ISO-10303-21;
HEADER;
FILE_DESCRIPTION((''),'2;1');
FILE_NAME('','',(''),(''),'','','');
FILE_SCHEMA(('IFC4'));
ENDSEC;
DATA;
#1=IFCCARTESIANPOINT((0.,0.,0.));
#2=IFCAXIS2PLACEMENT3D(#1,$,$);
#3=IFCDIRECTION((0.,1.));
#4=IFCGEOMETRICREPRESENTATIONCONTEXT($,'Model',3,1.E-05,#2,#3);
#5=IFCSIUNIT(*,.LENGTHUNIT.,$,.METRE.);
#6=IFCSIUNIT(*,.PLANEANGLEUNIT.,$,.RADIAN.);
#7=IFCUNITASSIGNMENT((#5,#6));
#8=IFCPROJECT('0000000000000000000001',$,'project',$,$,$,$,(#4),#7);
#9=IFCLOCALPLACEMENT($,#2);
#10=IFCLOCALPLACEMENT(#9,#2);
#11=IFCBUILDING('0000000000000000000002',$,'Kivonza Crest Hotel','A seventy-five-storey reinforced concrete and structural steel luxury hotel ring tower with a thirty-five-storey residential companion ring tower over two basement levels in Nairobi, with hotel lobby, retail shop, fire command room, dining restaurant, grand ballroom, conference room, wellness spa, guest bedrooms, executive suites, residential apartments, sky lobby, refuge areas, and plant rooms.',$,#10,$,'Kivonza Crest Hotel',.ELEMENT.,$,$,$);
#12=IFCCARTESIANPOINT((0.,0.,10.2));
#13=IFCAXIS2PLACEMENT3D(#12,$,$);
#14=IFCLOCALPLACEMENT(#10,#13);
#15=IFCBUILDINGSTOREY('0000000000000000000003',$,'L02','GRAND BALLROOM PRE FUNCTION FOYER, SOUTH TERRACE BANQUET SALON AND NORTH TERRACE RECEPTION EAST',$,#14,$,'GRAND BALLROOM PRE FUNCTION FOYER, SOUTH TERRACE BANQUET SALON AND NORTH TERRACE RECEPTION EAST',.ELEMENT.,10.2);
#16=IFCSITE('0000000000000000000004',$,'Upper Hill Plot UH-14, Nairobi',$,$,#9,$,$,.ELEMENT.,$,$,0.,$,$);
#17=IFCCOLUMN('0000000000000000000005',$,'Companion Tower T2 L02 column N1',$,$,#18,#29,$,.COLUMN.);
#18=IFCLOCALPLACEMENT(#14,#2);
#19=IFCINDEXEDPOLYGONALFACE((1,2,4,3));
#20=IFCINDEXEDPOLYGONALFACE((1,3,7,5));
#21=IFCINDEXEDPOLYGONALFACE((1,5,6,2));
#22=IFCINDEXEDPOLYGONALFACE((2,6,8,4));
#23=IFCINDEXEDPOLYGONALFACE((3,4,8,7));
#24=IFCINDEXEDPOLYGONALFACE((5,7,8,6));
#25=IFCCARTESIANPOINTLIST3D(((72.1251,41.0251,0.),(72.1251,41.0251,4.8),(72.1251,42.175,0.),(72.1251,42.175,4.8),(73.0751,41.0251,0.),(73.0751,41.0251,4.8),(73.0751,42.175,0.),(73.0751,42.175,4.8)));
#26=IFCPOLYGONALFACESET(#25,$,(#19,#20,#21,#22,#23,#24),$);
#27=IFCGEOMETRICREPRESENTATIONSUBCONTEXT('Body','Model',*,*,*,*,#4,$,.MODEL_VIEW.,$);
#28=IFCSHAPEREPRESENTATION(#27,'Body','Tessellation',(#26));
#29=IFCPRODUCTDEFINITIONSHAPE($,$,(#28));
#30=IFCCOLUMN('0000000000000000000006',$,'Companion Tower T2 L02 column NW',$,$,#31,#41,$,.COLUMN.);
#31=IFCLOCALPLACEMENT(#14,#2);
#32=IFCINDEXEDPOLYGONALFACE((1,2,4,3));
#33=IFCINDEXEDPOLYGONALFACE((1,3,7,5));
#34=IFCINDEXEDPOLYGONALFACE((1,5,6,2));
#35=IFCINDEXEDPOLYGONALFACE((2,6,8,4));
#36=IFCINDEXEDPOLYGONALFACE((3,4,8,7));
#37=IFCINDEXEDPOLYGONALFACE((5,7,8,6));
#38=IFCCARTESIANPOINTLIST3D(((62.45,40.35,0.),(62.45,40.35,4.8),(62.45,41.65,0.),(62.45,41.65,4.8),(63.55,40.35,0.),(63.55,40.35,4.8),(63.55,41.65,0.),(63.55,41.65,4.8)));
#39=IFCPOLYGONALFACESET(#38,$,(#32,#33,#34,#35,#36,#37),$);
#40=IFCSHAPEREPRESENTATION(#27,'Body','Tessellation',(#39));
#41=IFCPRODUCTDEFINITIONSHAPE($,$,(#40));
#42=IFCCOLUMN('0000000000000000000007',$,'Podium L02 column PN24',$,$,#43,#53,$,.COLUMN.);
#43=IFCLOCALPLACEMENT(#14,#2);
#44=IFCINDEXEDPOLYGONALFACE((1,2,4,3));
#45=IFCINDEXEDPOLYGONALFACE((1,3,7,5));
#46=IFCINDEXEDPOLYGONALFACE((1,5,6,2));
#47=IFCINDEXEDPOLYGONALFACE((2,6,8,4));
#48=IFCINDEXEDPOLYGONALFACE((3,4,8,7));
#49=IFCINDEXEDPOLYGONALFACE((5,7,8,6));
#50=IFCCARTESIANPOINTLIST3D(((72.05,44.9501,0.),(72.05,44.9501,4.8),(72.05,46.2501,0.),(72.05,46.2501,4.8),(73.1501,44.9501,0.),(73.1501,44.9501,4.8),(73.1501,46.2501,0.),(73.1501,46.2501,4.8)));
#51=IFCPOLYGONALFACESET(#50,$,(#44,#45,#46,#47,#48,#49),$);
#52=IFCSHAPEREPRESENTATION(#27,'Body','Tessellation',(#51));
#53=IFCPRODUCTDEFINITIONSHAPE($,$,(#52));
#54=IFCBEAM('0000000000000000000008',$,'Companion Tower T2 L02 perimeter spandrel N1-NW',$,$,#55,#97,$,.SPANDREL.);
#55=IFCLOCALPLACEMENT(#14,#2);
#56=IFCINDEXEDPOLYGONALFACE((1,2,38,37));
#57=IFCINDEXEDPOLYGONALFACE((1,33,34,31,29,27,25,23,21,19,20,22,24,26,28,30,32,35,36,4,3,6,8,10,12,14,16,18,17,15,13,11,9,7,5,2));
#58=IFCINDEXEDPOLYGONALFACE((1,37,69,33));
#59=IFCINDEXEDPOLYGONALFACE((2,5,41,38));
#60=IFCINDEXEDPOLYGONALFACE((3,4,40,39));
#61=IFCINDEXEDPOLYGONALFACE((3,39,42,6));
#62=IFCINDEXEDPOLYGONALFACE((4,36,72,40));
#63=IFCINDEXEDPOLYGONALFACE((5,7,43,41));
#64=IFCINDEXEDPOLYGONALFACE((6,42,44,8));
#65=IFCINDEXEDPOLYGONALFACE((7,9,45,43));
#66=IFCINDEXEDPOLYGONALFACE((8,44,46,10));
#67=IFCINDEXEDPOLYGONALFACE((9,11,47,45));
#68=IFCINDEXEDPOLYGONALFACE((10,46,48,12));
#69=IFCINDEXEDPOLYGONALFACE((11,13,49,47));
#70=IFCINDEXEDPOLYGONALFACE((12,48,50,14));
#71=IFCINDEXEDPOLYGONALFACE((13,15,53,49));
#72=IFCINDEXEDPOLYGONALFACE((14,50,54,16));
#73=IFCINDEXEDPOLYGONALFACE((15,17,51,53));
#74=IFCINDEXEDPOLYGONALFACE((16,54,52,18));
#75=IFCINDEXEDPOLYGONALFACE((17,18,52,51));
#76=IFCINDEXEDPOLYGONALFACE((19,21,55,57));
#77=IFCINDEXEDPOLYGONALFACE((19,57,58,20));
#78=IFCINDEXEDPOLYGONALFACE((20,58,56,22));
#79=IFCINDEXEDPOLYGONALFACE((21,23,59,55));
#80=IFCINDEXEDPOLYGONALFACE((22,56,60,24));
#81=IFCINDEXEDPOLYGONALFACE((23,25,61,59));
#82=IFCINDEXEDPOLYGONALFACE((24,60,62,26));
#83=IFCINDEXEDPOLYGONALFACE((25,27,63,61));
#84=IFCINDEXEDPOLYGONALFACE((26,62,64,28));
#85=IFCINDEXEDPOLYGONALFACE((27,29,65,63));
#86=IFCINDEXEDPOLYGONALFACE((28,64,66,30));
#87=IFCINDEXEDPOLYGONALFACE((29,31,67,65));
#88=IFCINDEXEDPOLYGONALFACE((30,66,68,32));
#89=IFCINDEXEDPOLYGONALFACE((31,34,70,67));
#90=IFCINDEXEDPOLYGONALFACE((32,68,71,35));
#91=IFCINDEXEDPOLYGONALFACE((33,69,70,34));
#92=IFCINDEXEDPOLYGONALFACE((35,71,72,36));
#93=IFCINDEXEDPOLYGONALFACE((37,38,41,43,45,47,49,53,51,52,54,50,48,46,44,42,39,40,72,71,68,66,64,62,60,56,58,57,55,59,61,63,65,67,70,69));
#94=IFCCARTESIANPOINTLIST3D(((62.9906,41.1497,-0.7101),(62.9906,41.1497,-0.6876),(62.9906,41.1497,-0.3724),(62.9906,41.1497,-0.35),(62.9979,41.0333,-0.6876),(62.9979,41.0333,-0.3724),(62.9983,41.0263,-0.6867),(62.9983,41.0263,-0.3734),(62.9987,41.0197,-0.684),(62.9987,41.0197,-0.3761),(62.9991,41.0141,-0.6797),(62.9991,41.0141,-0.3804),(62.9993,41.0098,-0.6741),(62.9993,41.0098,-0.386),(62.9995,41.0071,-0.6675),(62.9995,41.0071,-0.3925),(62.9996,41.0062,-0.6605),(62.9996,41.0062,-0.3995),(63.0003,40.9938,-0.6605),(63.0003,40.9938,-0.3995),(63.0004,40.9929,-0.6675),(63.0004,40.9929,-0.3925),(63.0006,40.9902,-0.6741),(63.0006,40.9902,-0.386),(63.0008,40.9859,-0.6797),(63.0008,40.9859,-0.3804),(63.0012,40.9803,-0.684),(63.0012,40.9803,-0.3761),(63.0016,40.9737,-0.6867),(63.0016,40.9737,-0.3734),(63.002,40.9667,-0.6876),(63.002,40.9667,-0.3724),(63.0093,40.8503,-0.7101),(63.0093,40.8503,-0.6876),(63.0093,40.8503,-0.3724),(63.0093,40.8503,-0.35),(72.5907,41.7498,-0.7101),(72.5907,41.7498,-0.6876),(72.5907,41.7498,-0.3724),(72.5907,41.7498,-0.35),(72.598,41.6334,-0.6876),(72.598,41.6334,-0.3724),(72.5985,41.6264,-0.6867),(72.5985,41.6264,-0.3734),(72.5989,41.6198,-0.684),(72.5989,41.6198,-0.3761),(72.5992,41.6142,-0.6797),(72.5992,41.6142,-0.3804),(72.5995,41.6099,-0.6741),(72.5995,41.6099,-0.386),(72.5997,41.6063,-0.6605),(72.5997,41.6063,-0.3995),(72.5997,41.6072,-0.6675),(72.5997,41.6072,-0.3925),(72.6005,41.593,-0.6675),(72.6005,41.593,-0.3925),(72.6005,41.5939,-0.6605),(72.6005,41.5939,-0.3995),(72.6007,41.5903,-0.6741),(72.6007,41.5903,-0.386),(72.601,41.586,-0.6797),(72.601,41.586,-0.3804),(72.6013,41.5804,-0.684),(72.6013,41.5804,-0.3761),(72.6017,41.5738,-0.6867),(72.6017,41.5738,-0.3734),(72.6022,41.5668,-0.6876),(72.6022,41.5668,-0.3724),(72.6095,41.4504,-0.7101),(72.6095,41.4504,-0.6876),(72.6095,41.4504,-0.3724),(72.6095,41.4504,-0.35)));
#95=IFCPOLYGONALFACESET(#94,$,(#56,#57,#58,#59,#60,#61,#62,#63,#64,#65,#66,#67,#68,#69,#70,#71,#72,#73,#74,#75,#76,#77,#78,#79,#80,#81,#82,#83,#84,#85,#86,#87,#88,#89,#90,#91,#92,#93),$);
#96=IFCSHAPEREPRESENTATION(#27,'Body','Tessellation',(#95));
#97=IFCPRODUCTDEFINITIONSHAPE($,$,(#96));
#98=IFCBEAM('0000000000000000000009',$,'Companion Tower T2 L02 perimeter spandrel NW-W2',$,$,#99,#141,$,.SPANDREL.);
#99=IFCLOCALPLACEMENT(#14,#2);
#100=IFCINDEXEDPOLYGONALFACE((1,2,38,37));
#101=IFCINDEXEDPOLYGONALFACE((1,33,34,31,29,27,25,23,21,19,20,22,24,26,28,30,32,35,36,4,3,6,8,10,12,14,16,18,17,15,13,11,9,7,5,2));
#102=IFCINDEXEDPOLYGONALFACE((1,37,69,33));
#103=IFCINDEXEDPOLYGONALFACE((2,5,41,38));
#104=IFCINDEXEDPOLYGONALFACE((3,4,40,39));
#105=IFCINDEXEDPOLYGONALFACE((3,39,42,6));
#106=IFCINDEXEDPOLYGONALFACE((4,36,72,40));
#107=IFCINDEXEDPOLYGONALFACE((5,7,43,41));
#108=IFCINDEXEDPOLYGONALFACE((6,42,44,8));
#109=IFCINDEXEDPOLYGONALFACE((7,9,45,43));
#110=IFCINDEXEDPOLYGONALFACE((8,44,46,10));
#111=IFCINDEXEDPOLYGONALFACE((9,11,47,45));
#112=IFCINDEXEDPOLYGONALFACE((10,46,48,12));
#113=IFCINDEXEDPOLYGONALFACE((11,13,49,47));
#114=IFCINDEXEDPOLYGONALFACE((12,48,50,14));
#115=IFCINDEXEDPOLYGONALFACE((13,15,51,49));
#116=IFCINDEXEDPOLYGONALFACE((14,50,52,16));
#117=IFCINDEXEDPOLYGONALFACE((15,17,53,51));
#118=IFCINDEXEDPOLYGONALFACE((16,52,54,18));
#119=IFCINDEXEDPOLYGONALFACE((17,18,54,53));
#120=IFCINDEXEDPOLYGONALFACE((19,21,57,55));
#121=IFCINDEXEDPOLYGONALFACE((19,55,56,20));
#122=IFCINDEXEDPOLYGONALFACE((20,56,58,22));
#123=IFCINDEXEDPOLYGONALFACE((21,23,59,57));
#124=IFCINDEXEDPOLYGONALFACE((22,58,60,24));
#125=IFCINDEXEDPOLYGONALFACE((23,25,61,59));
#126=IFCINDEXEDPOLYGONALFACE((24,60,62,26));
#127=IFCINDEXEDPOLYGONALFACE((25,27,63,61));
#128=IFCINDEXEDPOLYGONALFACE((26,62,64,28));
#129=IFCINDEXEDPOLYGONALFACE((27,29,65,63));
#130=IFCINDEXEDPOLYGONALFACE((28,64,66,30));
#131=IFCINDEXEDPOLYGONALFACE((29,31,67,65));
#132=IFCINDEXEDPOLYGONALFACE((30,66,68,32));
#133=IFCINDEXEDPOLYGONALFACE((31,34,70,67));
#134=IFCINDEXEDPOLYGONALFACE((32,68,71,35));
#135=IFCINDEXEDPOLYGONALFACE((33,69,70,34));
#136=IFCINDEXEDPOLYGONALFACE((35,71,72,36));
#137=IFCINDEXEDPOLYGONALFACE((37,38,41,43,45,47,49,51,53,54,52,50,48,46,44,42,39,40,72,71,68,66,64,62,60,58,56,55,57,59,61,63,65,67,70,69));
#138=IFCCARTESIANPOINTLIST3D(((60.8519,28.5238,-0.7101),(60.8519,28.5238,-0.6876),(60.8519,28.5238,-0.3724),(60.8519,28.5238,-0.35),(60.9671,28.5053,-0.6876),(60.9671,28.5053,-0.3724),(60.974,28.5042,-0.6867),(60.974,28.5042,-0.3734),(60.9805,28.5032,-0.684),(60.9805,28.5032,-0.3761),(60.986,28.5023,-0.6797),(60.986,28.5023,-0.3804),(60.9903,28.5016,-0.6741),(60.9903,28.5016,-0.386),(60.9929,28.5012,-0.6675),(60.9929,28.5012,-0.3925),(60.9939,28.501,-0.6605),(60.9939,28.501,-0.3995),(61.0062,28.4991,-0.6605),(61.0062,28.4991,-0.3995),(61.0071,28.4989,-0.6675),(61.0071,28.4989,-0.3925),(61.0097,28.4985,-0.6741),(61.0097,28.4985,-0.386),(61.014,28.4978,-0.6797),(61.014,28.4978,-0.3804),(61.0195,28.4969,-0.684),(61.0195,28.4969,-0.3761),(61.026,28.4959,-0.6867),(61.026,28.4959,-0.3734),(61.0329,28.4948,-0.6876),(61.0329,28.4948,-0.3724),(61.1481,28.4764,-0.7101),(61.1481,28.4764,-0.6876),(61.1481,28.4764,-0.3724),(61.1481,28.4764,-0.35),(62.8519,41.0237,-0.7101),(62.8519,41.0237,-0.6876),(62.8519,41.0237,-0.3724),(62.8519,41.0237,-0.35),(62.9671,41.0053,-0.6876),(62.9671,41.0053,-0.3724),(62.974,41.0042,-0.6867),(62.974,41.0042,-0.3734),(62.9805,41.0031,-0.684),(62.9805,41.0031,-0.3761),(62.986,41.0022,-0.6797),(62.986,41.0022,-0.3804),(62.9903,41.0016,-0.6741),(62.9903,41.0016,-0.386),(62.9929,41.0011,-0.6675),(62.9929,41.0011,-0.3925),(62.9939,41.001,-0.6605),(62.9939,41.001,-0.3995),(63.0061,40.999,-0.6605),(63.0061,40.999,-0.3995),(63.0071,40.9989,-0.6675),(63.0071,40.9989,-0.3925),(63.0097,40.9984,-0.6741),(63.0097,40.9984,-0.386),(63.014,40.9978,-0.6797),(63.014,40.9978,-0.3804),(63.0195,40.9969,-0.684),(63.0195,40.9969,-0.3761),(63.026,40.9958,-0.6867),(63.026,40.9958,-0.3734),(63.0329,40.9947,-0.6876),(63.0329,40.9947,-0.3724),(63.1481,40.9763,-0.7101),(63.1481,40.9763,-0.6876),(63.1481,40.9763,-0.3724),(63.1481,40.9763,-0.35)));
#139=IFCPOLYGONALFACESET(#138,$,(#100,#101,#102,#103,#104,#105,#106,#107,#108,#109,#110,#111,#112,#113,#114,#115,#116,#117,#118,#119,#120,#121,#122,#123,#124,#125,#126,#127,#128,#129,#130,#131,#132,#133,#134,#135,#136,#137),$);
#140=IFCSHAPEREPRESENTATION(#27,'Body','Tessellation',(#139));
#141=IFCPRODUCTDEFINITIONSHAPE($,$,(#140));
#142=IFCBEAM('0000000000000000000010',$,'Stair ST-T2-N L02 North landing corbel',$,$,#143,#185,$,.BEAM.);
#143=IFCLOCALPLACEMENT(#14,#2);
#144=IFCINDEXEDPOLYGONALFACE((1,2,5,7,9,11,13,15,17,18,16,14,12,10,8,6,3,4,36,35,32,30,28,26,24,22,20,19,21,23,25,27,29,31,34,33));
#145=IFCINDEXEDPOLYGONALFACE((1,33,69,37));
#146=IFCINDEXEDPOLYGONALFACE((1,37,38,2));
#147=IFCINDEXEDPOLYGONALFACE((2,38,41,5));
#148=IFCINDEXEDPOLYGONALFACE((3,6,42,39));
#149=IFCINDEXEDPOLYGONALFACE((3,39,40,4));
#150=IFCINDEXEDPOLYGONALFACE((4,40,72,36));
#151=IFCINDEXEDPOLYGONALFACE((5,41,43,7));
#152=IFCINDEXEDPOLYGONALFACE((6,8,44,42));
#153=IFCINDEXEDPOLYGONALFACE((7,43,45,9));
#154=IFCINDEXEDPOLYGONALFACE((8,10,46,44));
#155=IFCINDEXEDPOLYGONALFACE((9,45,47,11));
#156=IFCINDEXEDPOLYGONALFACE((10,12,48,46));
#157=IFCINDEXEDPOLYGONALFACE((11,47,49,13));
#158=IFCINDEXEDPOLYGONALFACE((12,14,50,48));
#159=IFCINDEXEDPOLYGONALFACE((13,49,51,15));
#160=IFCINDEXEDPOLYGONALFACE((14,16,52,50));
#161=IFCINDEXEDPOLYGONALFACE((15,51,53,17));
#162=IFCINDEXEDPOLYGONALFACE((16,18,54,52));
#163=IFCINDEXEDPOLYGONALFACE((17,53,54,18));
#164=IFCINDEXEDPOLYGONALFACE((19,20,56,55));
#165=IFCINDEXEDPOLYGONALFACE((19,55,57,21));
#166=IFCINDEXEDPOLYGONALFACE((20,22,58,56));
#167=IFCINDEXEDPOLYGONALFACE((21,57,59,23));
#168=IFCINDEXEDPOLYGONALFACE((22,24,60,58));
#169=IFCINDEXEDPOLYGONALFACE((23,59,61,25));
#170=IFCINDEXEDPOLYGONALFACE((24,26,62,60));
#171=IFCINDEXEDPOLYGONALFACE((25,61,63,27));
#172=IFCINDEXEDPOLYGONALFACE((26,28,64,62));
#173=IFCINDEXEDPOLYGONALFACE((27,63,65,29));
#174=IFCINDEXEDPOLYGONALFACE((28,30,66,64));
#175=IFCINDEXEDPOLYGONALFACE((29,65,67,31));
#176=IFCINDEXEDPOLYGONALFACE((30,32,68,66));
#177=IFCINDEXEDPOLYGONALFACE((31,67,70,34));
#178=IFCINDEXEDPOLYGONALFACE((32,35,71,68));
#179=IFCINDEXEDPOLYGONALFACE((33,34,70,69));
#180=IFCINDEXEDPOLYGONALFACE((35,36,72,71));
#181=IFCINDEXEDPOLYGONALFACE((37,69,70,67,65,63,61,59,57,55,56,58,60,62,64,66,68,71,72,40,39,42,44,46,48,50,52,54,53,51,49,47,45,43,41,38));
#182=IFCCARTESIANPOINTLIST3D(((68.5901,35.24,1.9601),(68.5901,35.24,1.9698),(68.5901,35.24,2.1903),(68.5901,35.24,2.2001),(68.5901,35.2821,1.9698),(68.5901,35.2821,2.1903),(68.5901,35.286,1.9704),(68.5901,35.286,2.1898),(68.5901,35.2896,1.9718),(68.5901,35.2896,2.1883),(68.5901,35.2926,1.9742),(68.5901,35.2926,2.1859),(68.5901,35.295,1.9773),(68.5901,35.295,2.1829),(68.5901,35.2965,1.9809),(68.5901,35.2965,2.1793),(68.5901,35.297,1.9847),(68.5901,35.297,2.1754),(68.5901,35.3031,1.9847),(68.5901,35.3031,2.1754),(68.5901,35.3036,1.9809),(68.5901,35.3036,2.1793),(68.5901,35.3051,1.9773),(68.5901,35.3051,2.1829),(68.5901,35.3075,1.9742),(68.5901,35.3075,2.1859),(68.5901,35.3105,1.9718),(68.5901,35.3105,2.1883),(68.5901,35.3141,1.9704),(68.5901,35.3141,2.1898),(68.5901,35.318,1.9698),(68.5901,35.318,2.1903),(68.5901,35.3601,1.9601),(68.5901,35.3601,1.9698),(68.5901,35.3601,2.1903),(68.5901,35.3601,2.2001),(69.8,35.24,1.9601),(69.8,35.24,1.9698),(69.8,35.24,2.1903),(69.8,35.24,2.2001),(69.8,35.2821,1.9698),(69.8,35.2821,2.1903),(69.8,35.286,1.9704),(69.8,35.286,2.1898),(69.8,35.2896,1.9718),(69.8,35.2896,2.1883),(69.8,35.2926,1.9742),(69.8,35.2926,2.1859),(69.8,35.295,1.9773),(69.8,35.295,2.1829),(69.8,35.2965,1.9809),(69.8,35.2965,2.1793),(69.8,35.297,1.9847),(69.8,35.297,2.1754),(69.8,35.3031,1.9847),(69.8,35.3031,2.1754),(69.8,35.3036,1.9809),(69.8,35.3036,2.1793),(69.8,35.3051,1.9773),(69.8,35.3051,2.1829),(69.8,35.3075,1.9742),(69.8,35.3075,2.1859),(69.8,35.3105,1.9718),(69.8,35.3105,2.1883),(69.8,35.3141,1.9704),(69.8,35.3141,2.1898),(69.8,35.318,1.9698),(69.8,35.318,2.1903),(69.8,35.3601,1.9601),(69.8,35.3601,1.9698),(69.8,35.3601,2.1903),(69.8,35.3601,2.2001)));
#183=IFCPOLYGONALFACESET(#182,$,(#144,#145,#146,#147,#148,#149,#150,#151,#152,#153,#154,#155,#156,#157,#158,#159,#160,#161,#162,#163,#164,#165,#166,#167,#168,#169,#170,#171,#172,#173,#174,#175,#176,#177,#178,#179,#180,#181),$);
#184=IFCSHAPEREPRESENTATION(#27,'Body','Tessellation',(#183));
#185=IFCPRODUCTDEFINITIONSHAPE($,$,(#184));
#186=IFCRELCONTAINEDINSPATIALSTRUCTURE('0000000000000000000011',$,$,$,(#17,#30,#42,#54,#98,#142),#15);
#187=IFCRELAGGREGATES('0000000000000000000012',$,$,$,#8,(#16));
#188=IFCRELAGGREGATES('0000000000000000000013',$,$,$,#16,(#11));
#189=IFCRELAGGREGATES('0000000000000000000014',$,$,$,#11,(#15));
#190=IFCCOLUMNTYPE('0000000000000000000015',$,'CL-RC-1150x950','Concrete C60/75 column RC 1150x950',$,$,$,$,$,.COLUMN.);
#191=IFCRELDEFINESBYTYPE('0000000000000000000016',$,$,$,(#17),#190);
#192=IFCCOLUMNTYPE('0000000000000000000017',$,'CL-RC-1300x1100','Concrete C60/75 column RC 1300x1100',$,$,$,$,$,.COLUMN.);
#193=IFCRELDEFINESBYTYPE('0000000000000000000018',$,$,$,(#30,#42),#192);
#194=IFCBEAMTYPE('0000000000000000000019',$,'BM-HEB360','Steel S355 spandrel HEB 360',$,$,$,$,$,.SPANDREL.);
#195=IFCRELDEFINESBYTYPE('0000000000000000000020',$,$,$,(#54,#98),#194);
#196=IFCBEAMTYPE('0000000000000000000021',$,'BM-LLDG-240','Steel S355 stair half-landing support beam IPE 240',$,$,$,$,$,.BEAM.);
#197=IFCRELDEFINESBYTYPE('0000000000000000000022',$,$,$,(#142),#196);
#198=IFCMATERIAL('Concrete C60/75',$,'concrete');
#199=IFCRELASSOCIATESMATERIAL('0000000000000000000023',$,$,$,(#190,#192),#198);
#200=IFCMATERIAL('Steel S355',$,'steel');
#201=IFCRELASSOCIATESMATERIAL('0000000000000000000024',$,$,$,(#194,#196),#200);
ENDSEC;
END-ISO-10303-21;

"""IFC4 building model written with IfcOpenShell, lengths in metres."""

from ifc_helpers import new_model, si_unit, direction, frame, origin, origin_2d, place, context, subcontext, project, spatial, rectangle, i_section, extrude, material, material_profile, profile_set, type_object, element, save


model = new_model("IFC4")

# Units and contexts
model_context = context("Model", 3, precision=1e-05, world=origin(), true_north=direction((0.0, 1.0)))
body_context = subcontext(model_context, "Body", "Model", "MODEL_VIEW")
ifc_project = project(units=[si_unit("LENGTHUNIT", "METRE"), si_unit("PLANEANGLEUNIT", "RADIAN")], contexts=[model_context])

# Site, building, storey
site_placement = place(None, origin())
site = spatial("IfcSite", under=ifc_project, at=site_placement, Name="Upper Hill Plot UH-14, Nairobi", CompositionType="ELEMENT", RefElevation=0.0)
building_placement = place(site_placement, origin())
building = spatial("IfcBuilding", under=site, at=building_placement, Name="Kivonza Crest Hotel", Description="A seventy-five-storey reinforced concrete and structural steel luxury hotel ring tower with a thirty-five-storey residential companion ring tower over two basement levels in Nairobi, with hotel lobby, retail shop, fire command room, dining restaurant, grand ballroom, conference room, wellness spa, guest bedrooms, executive suites, residential apartments, sky lobby, refuge areas, and plant rooms.", LongName="Kivonza Crest Hotel", CompositionType="ELEMENT")
storey_placement = place(building_placement, frame((0.0, 0.0, 10.2)))
storey = spatial("IfcBuildingStorey", under=building, at=storey_placement, Name="L02", Description="GRAND BALLROOM PRE FUNCTION FOYER, SOUTH TERRACE BANQUET SALON AND NORTH TERRACE RECEPTION EAST", LongName="GRAND BALLROOM PRE FUNCTION FOYER, SOUTH TERRACE BANQUET SALON AND NORTH TERRACE RECEPTION EAST", CompositionType="ELEMENT", Elevation=10.2)

# Columns
ifc_material_1 = material(Name="Concrete C60/75", Category="concrete")
ifc_material_profile_1 = material_profile(ifc_material_1, rectangle(XDim=0.95, YDim=1.1499, at=origin_2d()), Name="RC 1150x950")
ifc_profile_set_1 = profile_set([ifc_material_profile_1], Name="Concrete C60/75")
column_type_1 = type_object("IfcColumnType", Name="CL-RC-1150x950", Description="Concrete C60/75 column RC 1150x950", PredefinedType="COLUMN", material=ifc_profile_set_1)
column_placement = place(storey_placement, frame((72.6001, 41.6001, 0.0), z_axis=(0.0, 0.0, 1.0), x_axis=(1.0, 0.0, 0.0)))
element("IfcColumn", 1, at=column_placement, inside=storey, type_object=column_type_1, Name="Companion Tower T2 L02 column N1", PredefinedType="COLUMN", context=body_context, shape_type="SweptSolid", body=[
    extrude(rectangle(XDim=0.95, YDim=1.1499, at=origin_2d()), origin(), (0.0, 0.0, 1.0), 4.8),
])
ifc_material_profile_2 = material_profile(ifc_material_1, rectangle(XDim=1.1001, YDim=1.3, at=origin_2d()), Name="RC 1300x1100")
ifc_profile_set_2 = profile_set([ifc_material_profile_2], Name="Concrete C60/75")
column_type_2 = type_object("IfcColumnType", Name="CL-RC-1300x1100", Description="Concrete C60/75 column RC 1300x1100", PredefinedType="COLUMN", material=ifc_profile_set_2)
for number, where, z_axis, x_axis, name in (
    (2, (63.0, 41.0, 0.0), (0.0, 0.0, 1.0), (1.0, 0.0, 0.0), "Companion Tower T2 L02 column NW"),
    (3, (72.6001, 45.6001, 0.0), (0.0, 0.0, 1.0), (1.0, 0.0, 0.0), "Podium L02 column PN24"),
):
    element("IfcColumn", number, at=place(storey_placement, frame(where, z_axis=z_axis, x_axis=x_axis)), inside=storey, type_object=column_type_2, Name=name, PredefinedType="COLUMN", context=body_context, shape_type="SweptSolid", body=[
        extrude(rectangle(XDim=1.1001, YDim=1.3, at=origin_2d()), origin(), (0.0, 0.0, 1.0), 4.8),
    ])

# Beams
ifc_material_2 = material(Name="Steel S355", Category="steel")
ifc_material_profile_3 = material_profile(ifc_material_2, i_section(OverallWidth=0.3, OverallDepth=0.3601, WebThickness=0.0125, FlangeThickness=0.0225, FilletRadius=0.0271, at=origin_2d()), Name="HEB 360")
ifc_profile_set_3 = profile_set([ifc_material_profile_3], Name="Steel S355")
beam_type_1 = type_object("IfcBeamType", Name="BM-HEB360", Description="Steel S355 spandrel HEB 360", PredefinedType="SPANDREL", material=ifc_profile_set_3)
beam_1_placement = place(storey_placement, frame((72.6001, 41.6001, -0.53), z_axis=(-0.998052, -0.062388, 0.0), x_axis=(0.062388, -0.998052, 0.0)))
element("IfcBeam", 4, at=beam_1_placement, inside=storey, type_object=beam_type_1, Name="Companion Tower T2 L02 perimeter spandrel N1-NW", PredefinedType="SPANDREL", context=body_context, shape_type="SweptSolid", body=[
    extrude(i_section(OverallWidth=0.3, OverallDepth=0.3601, WebThickness=0.0125, FlangeThickness=0.0225, FilletRadius=0.0271, at=origin_2d()), origin(), (0.0, 0.0, 1.0), 9.6189),
])
beam_2_placement = place(storey_placement, frame((63.0, 41.0, -0.53), z_axis=(-0.157991, -0.987441, 0.0), x_axis=(0.987441, -0.157991, 0.0)))
element("IfcBeam", 5, at=beam_2_placement, inside=storey, type_object=beam_type_1, Name="Companion Tower T2 L02 perimeter spandrel NW-W2", PredefinedType="SPANDREL", context=body_context, shape_type="SweptSolid", body=[
    extrude(i_section(OverallWidth=0.3, OverallDepth=0.3601, WebThickness=0.0125, FlangeThickness=0.0225, FilletRadius=0.0271, at=origin_2d()), origin(), (0.0, 0.0, 1.0), 12.6589),
])
ifc_material_profile_4 = material_profile(ifc_material_2, i_section(OverallWidth=0.1201, OverallDepth=0.24, WebThickness=0.0061, FlangeThickness=0.0098, FilletRadius=0.0149, at=origin_2d()), Name="IPE 240")
ifc_profile_set_4 = profile_set([ifc_material_profile_4], Name="Steel S355")
beam_type_2 = type_object("IfcBeamType", Name="BM-LLDG-240", Description="Steel S355 stair half-landing support beam IPE 240", PredefinedType="BEAM", material=ifc_profile_set_4)
beam_3_placement = place(storey_placement, frame((68.5901, 35.3, 2.0801), z_axis=(1.0, 0.0, 0.0), x_axis=(0.0, 1.0, 0.0)))
element("IfcBeam", 6, at=beam_3_placement, inside=storey, type_object=beam_type_2, Name="Stair ST-T2-N L02 North landing corbel", PredefinedType="BEAM", context=body_context, shape_type="SweptSolid", body=[
    extrude(i_section(OverallWidth=0.1201, OverallDepth=0.24, WebThickness=0.0061, FlangeThickness=0.0098, FilletRadius=0.0149, at=origin_2d()), origin(), (0.0, 0.0, 1.0), 1.21),
])

save(model, "model.ifc")
